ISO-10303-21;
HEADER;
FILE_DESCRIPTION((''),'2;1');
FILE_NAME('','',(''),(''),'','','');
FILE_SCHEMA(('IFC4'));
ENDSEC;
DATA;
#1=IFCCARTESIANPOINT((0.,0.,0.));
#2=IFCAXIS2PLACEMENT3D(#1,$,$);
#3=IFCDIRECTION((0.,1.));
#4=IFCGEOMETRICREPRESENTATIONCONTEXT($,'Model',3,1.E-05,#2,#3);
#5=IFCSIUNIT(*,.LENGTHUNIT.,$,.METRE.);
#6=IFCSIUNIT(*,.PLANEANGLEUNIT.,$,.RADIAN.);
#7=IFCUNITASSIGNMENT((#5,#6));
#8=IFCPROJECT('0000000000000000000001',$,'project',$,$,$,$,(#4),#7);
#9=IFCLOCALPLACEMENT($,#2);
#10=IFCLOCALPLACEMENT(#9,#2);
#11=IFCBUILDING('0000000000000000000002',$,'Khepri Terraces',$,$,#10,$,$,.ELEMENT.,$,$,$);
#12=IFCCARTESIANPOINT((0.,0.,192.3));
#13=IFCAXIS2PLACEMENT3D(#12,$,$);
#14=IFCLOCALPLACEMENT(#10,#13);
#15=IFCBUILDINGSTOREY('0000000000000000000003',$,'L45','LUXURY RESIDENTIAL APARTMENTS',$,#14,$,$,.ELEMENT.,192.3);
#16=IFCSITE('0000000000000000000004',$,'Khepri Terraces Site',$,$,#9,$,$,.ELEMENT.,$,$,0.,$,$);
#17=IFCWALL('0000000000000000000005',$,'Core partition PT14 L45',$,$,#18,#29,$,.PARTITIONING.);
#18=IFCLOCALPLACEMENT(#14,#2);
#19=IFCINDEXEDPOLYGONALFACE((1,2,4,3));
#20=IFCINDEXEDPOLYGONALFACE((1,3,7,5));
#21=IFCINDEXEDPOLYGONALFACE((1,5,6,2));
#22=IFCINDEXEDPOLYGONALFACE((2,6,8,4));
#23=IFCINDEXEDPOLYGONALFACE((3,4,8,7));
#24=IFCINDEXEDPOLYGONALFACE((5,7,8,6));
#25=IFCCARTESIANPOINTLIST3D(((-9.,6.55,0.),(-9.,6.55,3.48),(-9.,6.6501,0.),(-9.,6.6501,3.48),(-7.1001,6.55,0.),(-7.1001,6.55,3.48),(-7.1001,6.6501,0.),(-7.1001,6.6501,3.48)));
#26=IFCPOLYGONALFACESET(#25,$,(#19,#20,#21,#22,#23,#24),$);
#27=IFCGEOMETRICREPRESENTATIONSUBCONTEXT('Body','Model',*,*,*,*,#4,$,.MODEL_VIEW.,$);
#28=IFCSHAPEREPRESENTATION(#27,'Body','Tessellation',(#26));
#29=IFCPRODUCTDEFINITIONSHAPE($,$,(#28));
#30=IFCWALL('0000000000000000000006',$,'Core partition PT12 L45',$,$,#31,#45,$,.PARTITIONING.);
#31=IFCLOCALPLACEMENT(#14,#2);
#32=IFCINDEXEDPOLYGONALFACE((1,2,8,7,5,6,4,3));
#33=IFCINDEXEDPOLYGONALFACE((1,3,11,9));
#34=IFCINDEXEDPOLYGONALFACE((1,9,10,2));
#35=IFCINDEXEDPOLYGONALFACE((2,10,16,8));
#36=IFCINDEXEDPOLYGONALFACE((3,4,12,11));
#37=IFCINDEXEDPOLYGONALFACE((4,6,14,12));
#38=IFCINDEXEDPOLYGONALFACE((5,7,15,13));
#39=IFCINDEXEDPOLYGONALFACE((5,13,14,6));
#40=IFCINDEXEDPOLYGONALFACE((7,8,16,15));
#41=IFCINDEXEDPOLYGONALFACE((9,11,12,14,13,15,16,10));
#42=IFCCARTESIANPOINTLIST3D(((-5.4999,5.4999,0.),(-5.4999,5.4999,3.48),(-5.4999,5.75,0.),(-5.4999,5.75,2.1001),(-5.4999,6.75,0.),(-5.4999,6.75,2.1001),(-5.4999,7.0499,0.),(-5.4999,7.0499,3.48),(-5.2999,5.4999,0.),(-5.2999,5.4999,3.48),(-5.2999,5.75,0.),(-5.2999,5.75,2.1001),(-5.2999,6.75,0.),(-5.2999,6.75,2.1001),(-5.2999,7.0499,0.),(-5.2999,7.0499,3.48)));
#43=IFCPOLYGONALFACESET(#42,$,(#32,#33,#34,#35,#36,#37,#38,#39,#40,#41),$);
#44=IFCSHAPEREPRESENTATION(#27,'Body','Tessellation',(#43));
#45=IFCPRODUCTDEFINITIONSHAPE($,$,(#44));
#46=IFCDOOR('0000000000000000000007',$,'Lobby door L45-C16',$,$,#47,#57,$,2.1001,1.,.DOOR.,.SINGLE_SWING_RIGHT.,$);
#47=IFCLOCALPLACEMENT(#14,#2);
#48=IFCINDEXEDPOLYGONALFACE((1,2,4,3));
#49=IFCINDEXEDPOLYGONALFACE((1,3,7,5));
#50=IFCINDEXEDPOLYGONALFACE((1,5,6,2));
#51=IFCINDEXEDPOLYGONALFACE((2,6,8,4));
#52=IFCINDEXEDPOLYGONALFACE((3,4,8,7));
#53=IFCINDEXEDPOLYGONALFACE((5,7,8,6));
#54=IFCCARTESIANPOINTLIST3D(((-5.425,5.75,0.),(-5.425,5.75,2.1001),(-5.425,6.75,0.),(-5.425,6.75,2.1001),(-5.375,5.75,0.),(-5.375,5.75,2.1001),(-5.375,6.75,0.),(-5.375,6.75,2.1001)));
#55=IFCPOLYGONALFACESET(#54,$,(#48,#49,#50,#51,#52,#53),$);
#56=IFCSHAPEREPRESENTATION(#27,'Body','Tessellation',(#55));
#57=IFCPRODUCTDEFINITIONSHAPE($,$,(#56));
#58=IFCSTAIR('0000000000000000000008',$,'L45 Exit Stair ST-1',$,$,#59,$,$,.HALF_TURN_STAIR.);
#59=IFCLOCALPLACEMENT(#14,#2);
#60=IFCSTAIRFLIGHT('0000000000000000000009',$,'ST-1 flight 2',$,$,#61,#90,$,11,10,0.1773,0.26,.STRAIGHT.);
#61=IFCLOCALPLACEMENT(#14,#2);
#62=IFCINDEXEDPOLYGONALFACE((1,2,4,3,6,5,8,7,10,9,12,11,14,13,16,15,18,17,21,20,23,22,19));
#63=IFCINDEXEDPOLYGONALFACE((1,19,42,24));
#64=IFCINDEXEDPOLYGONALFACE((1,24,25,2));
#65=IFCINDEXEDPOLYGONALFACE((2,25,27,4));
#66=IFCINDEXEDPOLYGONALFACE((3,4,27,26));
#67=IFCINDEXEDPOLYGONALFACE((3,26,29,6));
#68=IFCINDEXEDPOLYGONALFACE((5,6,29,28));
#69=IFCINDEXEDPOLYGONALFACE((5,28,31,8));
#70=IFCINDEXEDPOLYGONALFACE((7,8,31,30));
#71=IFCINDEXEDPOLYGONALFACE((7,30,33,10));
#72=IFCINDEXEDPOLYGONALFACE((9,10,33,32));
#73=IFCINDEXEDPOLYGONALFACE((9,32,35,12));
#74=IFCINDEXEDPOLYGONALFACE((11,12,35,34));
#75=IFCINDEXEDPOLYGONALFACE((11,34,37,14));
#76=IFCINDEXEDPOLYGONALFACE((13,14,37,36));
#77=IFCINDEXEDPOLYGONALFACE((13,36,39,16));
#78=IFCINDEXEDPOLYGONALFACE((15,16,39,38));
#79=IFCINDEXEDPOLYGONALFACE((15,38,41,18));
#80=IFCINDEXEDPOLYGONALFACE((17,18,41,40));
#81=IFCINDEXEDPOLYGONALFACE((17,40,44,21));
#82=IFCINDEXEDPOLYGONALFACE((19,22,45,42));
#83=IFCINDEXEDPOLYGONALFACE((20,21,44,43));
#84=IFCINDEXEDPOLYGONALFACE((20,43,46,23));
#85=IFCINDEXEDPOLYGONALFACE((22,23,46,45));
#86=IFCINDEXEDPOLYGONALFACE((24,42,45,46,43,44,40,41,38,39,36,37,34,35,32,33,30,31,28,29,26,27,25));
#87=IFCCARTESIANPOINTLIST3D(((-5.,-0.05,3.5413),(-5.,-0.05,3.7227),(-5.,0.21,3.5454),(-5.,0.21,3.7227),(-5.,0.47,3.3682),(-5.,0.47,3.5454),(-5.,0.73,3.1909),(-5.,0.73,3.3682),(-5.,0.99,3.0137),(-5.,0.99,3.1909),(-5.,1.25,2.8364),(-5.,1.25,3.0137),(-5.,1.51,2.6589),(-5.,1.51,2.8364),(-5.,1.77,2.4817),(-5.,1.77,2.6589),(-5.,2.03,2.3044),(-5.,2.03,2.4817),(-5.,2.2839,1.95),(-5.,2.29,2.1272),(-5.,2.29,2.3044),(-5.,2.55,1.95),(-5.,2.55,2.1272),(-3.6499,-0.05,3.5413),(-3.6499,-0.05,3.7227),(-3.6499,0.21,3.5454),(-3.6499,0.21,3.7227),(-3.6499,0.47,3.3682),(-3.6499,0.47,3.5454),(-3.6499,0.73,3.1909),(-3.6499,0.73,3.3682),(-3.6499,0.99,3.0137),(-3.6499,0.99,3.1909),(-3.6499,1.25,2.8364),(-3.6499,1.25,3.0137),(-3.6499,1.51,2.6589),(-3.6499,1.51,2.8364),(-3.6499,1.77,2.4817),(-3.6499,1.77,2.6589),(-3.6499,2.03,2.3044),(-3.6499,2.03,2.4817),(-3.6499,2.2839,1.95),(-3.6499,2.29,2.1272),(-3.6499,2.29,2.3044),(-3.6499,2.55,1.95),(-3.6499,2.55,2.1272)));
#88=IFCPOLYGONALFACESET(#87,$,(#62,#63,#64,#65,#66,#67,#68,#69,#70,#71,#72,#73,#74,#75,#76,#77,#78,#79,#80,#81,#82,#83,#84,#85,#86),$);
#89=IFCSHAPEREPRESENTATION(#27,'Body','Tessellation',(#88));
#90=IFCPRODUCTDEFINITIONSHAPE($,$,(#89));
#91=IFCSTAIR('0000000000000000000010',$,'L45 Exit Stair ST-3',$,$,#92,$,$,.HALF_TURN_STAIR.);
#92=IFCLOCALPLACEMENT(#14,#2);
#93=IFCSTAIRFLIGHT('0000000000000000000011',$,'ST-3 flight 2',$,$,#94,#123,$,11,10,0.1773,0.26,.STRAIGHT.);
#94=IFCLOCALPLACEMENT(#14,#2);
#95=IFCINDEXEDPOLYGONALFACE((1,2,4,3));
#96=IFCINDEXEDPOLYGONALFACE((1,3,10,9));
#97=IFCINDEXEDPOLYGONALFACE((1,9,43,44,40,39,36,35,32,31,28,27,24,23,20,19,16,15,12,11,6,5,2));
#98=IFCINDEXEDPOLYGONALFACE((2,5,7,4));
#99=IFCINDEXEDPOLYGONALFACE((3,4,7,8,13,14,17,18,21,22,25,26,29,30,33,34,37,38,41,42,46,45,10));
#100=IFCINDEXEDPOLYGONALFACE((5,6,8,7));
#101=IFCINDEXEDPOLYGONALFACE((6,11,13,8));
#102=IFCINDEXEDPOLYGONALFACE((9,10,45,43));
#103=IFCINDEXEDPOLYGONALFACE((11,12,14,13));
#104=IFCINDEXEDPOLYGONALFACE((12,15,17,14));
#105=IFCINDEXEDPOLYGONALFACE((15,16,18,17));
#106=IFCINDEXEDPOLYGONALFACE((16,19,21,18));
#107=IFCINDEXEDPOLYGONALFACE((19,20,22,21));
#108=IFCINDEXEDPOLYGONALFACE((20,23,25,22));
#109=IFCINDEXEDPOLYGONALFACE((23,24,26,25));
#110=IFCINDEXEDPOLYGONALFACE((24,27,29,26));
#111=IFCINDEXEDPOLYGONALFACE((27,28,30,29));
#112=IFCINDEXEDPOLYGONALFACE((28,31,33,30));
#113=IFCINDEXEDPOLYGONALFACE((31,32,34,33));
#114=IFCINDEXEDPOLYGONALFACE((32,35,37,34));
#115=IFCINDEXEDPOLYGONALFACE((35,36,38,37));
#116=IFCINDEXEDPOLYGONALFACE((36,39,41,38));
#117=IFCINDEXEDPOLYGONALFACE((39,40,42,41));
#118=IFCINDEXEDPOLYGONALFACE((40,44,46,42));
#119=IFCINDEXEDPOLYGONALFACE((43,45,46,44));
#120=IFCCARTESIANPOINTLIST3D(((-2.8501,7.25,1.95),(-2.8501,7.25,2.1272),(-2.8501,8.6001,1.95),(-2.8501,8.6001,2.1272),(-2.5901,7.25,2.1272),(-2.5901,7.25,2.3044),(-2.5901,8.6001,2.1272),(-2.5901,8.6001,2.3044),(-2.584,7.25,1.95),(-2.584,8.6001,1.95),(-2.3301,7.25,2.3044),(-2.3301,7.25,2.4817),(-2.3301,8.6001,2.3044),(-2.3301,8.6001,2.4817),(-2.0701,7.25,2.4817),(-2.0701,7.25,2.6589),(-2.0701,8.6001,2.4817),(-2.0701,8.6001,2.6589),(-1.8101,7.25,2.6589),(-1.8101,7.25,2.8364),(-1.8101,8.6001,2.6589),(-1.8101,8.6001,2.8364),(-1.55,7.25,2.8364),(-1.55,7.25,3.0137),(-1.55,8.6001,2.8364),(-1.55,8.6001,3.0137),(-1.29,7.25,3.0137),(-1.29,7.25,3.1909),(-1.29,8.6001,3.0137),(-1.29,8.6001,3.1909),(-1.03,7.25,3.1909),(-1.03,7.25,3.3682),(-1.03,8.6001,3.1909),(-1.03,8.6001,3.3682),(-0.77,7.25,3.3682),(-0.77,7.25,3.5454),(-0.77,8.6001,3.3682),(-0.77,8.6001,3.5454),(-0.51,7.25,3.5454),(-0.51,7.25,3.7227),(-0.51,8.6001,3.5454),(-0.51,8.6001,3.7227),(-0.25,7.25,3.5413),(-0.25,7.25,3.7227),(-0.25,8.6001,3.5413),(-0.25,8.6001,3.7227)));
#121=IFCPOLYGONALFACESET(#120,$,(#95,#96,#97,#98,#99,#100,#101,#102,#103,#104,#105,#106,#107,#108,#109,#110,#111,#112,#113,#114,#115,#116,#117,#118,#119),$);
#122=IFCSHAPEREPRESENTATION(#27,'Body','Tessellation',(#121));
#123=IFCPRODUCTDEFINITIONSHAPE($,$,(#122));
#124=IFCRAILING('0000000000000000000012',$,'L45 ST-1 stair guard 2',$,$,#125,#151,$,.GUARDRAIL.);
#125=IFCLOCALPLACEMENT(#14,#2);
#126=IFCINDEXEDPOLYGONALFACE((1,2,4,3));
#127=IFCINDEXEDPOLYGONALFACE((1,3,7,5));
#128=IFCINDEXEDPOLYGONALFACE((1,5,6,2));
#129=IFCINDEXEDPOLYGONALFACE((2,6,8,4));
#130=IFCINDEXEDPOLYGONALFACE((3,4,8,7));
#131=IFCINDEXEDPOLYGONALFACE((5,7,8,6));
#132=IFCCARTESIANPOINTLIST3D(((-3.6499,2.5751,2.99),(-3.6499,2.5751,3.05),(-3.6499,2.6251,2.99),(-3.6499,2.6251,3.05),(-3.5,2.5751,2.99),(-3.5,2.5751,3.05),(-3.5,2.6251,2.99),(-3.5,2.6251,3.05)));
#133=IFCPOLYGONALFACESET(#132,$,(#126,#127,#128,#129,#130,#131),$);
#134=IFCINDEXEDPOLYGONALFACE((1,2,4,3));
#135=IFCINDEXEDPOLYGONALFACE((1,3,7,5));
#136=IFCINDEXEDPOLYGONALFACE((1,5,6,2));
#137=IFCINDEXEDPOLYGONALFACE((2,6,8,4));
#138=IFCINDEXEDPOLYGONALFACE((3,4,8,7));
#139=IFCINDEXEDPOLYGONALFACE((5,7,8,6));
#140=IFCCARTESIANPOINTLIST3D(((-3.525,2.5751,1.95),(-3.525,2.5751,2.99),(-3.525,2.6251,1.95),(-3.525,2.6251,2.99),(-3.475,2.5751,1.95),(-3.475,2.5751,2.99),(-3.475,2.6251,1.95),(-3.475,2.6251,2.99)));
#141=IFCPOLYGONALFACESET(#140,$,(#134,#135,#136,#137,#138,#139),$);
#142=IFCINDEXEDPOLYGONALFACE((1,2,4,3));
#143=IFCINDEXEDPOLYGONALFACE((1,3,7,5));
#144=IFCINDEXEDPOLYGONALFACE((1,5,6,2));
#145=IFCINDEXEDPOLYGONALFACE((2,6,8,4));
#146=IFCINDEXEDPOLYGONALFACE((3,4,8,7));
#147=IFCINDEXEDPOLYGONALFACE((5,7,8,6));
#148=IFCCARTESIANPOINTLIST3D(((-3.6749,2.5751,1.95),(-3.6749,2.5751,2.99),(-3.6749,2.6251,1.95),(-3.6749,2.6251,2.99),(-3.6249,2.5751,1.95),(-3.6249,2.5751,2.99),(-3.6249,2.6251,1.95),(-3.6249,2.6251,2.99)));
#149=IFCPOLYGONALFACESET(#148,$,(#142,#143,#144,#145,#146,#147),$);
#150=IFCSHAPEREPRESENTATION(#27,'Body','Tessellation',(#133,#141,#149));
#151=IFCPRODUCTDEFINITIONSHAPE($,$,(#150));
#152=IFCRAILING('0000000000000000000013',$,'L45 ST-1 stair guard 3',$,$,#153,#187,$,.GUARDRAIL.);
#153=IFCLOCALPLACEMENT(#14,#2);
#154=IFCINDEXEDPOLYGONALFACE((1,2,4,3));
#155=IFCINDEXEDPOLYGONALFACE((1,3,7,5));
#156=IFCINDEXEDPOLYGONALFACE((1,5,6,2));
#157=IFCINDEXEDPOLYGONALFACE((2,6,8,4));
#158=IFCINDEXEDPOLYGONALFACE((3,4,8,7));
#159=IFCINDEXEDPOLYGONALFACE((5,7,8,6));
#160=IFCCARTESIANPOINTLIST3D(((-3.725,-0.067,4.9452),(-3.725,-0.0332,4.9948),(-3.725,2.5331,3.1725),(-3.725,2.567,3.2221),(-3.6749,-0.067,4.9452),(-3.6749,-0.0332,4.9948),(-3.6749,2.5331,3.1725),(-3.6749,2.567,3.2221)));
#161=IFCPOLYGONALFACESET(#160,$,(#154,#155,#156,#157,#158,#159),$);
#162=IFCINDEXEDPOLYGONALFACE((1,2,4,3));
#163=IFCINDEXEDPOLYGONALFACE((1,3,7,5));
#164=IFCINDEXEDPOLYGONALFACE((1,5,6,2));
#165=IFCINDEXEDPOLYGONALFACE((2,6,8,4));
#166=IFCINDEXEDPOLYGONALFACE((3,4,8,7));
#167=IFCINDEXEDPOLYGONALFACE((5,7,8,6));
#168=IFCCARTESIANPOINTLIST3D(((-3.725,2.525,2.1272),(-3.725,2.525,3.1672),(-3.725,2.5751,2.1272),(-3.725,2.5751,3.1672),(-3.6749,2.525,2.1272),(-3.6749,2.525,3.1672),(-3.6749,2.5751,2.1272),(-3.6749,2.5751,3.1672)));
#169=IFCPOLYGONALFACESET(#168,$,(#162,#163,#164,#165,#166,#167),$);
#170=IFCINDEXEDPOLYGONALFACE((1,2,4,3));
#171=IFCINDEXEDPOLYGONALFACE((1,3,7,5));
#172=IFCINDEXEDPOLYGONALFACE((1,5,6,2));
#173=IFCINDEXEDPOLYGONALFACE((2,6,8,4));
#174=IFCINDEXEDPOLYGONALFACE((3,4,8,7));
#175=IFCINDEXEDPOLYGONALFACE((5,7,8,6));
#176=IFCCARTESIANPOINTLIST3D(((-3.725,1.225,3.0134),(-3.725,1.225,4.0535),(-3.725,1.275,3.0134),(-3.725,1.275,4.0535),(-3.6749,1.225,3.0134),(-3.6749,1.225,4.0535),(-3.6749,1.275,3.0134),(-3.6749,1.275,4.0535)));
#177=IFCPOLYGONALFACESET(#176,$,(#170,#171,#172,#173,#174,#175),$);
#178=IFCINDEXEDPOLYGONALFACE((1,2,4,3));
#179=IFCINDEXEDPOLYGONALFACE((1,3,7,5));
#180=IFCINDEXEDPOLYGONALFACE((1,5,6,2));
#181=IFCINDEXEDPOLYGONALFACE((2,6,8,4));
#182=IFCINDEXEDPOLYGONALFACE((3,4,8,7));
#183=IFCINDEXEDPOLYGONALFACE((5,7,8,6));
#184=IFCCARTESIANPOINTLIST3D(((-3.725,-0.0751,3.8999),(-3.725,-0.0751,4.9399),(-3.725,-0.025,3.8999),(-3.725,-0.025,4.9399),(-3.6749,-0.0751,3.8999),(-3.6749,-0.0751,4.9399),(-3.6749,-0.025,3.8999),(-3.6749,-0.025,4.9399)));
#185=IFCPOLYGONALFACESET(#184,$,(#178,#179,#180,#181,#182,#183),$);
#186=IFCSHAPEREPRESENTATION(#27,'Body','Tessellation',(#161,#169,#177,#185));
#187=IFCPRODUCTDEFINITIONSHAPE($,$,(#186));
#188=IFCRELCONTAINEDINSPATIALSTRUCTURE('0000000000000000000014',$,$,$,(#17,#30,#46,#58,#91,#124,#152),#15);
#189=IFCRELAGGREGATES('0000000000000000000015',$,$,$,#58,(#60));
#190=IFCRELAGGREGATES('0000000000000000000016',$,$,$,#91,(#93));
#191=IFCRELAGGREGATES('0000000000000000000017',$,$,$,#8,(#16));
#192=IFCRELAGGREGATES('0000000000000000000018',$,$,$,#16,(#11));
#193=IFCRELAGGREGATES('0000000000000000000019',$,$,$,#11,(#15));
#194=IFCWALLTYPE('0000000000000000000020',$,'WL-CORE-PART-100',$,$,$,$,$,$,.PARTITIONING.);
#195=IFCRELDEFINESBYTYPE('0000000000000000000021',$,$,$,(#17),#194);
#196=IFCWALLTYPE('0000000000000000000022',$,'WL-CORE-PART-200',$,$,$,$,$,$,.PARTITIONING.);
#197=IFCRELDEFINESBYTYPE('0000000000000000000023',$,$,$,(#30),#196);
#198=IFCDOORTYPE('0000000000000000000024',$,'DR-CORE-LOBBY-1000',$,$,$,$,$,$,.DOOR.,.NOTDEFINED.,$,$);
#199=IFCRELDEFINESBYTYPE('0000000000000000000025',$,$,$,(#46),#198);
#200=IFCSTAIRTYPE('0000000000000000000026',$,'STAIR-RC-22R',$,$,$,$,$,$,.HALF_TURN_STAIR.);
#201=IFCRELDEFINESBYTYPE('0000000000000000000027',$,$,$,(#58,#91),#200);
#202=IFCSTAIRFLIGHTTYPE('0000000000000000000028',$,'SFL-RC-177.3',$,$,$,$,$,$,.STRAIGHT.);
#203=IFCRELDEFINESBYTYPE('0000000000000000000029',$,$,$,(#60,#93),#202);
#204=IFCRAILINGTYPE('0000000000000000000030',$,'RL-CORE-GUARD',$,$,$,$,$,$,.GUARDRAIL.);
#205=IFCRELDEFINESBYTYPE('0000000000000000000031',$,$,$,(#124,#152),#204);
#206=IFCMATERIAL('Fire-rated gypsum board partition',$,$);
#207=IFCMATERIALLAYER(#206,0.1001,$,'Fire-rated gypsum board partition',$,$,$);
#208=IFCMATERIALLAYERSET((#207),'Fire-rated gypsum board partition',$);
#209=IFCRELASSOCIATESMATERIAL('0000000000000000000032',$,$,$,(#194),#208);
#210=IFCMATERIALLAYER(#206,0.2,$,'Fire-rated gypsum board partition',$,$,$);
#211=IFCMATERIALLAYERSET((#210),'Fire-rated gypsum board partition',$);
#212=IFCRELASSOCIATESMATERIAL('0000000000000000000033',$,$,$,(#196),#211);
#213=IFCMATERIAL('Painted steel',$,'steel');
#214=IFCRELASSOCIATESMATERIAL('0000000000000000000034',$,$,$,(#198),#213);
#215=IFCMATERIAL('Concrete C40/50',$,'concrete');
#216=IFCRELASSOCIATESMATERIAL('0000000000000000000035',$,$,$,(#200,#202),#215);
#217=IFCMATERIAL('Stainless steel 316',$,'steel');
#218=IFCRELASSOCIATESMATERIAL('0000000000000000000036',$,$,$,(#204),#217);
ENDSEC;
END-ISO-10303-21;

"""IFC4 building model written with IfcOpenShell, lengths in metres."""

from ifc_helpers import new_model, si_unit, direction, frame, frame_2d, origin, origin_2d, place, context, subcontext, project, spatial, polyline, rectangle, outline, extrude, material, layer, layer_set, type_object, element, fill, aggregate, save


model = new_model("IFC4")

# Units and contexts
model_context = context("Model", 3, precision=1e-05, world=origin(), true_north=direction((0.0, 1.0)))
body_context = subcontext(model_context, "Body", "Model", "MODEL_VIEW")
ifc_project = project(units=[si_unit("LENGTHUNIT", "METRE"), si_unit("PLANEANGLEUNIT", "RADIAN")], contexts=[model_context])

# Site, building, storey
site_placement = place(None, origin())
site = spatial("IfcSite", under=ifc_project, at=site_placement, Name="Khepri Terraces Site", CompositionType="ELEMENT", RefElevation=0.0)
building_placement = place(site_placement, origin())
building = spatial("IfcBuilding", under=site, at=building_placement, Name="Khepri Terraces", CompositionType="ELEMENT")
storey_placement = place(building_placement, frame((0.0, 0.0, 192.3)))
storey = spatial("IfcBuildingStorey", under=building, at=storey_placement, Name="L45", Description="LUXURY RESIDENTIAL APARTMENTS", CompositionType="ELEMENT", Elevation=192.3)

# Shared definitions
ifc_material_1 = material(Name="Concrete C40/50", Category="concrete")

# Shared definitions
ifc_material_2 = material(Name="Painted steel", Category="steel")

# Wall
ifc_material_3 = material(Name="Fire-rated gypsum board partition")
ifc_layer_1 = layer(ifc_material_3, 0.1001, Name="Fire-rated gypsum board partition")
ifc_layer_set_1 = layer_set([ifc_layer_1], Name="Fire-rated gypsum board partition")
wall_type_1 = type_object("IfcWallType", Name="WL-CORE-PART-100", PredefinedType="PARTITIONING", material=ifc_layer_set_1)
for number, where, z_axis, x_axis, name in (
    (1, (-9.0, 6.6001, 0.0), (0.0, 0.0, 1.0), (1.0, 0.0, 0.0), "Core partition PT14 L45"),
):
    element("IfcWall", number, at=place(storey_placement, frame(where, z_axis=z_axis, x_axis=x_axis)), inside=storey, type_object=wall_type_1, Name=name, PredefinedType="PARTITIONING", context=body_context, shape_type="SweptSolid", body=[
        extrude(rectangle(XDim=1.8999, YDim=0.1001, at=frame_2d((0.95, 0.0))), origin(), (0.0, 0.0, 1.0), 3.48),
    ])

# Wall, opening, door
ifc_layer_2 = layer(ifc_material_3, 0.2, Name="Fire-rated gypsum board partition")
ifc_layer_set_2 = layer_set([ifc_layer_2], Name="Fire-rated gypsum board partition")
wall_type_2 = type_object("IfcWallType", Name="WL-CORE-PART-200", PredefinedType="PARTITIONING", material=ifc_layer_set_2)
wall_1_placement = place(storey_placement, frame((-5.3999, 5.5, 0.0), z_axis=(0.0, 0.0, 1.0), x_axis=(0.0, 1.0, 0.0)))
wall_1 = element("IfcWall", 2, at=wall_1_placement, inside=storey, type_object=wall_type_2, Name="Core partition PT12 L45", PredefinedType="PARTITIONING", context=body_context, shape_type="SweptSolid", body=[
    extrude(rectangle(XDim=1.55, YDim=0.2, at=frame_2d((0.7749, 0.0))), origin(), (0.0, 0.0, 1.0), 3.48),
])
opening_1_placement = place(wall_1_placement, frame((0.25, 0.0, 0.0)))
opening_1 = element("IfcOpeningElement", 3, at=opening_1_placement, cuts=wall_1, PredefinedType="OPENING", context=body_context, shape_type="SweptSolid", body=[
    extrude(rectangle(XDim=1.0, YDim=2.1001, at=frame_2d((0.5, 1.05))), frame((0.0, 0.1099, 0.0), z_axis=(0.0, -1.0, 0.0), x_axis=(1.0, 0.0, 0.0)), (0.0, 0.0, 1.0), 0.22),
])
door_type_1 = type_object("IfcDoorType", Name="DR-CORE-LOBBY-1000", OperationType="NOTDEFINED", PredefinedType="DOOR", material=ifc_material_2)
door_1_placement = place(opening_1_placement, frame((1.0, 0.0, 0.0), z_axis=(0.0, 0.0, 1.0), x_axis=(-1.0, 0.0, 0.0)))
door_1 = element("IfcDoor", 4, at=door_1_placement, inside=storey, type_object=door_type_1, Name="Lobby door L45-C16", OperationType="SINGLE_SWING_RIGHT", OverallHeight=2.1001, OverallWidth=1.0, PredefinedType="DOOR", context=body_context, shape_type="SweptSolid", body=[
    extrude(rectangle(XDim=1.0, YDim=2.1001, at=frame_2d((0.5, 1.05))), frame((0.0, 0.0249, 0.0), z_axis=(0.0, -1.0, 0.0), x_axis=(1.0, 0.0, 0.0)), (0.0, 0.0, 1.0), 0.05),
])
fill(opening_1, door_1)

# Stairs, stair flights
stair_type = type_object("IfcStairType", Name="STAIR-RC-22R", PredefinedType="HALF_TURN_STAIR", material=ifc_material_1)
stair_1_placement = place(storey_placement, origin())
stair_1 = element("IfcStair", 5, at=stair_1_placement, inside=storey, type_object=stair_type, Name="L45 Exit Stair ST-1", PredefinedType="HALF_TURN_STAIR")
stair_flight_type = type_object("IfcStairFlightType", Name="SFL-RC-177.3", PredefinedType="STRAIGHT", material=ifc_material_1)
stair_flight_1_placement = place(storey_placement, frame((-4.325, 2.55, 1.95), z_axis=(0.0, 0.0, 1.0), x_axis=(0.0, -1.0, 0.0)))
stair_flight_1 = element("IfcStairFlight", 6, at=stair_flight_1_placement, type_object=stair_flight_type, Name="ST-1 flight 2", NumberOfRisers=11, NumberOfTreads=10, PredefinedType="STRAIGHT", RiserHeight=0.1773, TreadLength=0.26, context=body_context, shape_type="SweptSolid", body=[
    extrude(outline(polyline([(0.0, 0.0), (0.0, 0.1772), (0.26, 0.1772), (0.26, 0.3545), (0.52, 0.3545), (0.52, 0.5317), (0.78, 0.5317), (0.78, 0.709), (1.04, 0.709), (1.04, 0.8865), (1.3, 0.8865), (1.3, 1.0637), (1.5601, 1.0637), (1.5601, 1.241), (1.8201, 1.241), (1.8201, 1.4182), (2.0801, 1.4182), (2.0801, 1.5955), (2.3401, 1.5955), (2.3401, 1.7727), (2.6001, 1.7727), (2.6001, 1.95), (2.6001, 1.5913), (0.2661, 0.0), (0.0, 0.0)])), frame((0.0, 0.675, 0.0), z_axis=(0.0, -1.0, 0.0), x_axis=(1.0, 0.0, 0.0)), (0.0, 0.0, 1.0), 1.3501),
])
aggregate(stair_1, [stair_flight_1])
stair_2_placement = place(storey_placement, origin())
stair_2 = element("IfcStair", 7, at=stair_2_placement, inside=storey, type_object=stair_type, Name="L45 Exit Stair ST-3", PredefinedType="HALF_TURN_STAIR")
stair_flight_2_placement = place(storey_placement, frame((-2.8501, 7.925, 1.95), z_axis=(0.0, 0.0, 1.0), x_axis=(1.0, 0.0, 0.0)))
stair_flight_2 = element("IfcStairFlight", 8, at=stair_flight_2_placement, type_object=stair_flight_type, Name="ST-3 flight 2", NumberOfRisers=11, NumberOfTreads=10, PredefinedType="STRAIGHT", RiserHeight=0.1773, TreadLength=0.26, context=body_context, shape_type="SweptSolid", body=[
    extrude(outline(polyline([(0.0, 0.0), (0.0, 0.1772), (0.26, 0.1772), (0.26, 0.3545), (0.52, 0.3545), (0.52, 0.5317), (0.78, 0.5317), (0.78, 0.709), (1.04, 0.709), (1.04, 0.8865), (1.3, 0.8865), (1.3, 1.0637), (1.5601, 1.0637), (1.5601, 1.241), (1.8201, 1.241), (1.8201, 1.4182), (2.0801, 1.4182), (2.0801, 1.5955), (2.3401, 1.5955), (2.3401, 1.7727), (2.6001, 1.7727), (2.6001, 1.95), (2.6001, 1.5913), (0.2661, 0.0), (0.0, 0.0)])), frame((0.0, 0.675, 0.0), z_axis=(0.0, -1.0, 0.0), x_axis=(1.0, 0.0, 0.0)), (0.0, 0.0, 1.0), 1.3501),
])
aggregate(stair_2, [stair_flight_2])

# Railings
ifc_material_4 = material(Name="Stainless steel 316", Category="steel")
railing_type_1 = type_object("IfcRailingType", Name="RL-CORE-GUARD", PredefinedType="GUARDRAIL", material=ifc_material_4)
railing_1_placement = place(storey_placement, frame((-3.5, 2.6001, 1.95)))
element("IfcRailing", 9, at=railing_1_placement, inside=storey, type_object=railing_type_1, Name="L45 ST-1 stair guard 2", PredefinedType="GUARDRAIL", context=body_context, shape_type="SweptSolid", body=[
    extrude(rectangle(XDim=0.05, YDim=0.0601, at=origin_2d()), frame((0.0, 0.0, 1.0701), z_axis=(-1.0, 0.0, 0.0), x_axis=(0.0, -1.0, 0.0)), (0.0, 0.0, 1.0), 0.1499),
    extrude(rectangle(XDim=0.05, YDim=0.05, at=origin_2d()), origin(), (0.0, 0.0, 1.0), 1.04),
    extrude(rectangle(XDim=0.05, YDim=0.05, at=origin_2d()), frame((-0.1499, 0.0, 0.0)), (0.0, 0.0, 1.0), 1.04),
])
railing_2_placement = place(storey_placement, frame((-3.7, 2.55, 2.1272)))
element("IfcRailing", 10, at=railing_2_placement, inside=storey, type_object=railing_type_1, Name="L45 ST-1 stair guard 3", PredefinedType="GUARDRAIL", context=body_context, shape_type="SweptSolid", body=[
    extrude(rectangle(XDim=0.05, YDim=0.0601, at=origin_2d()), frame((0.0, 0.0, 1.0701), z_axis=(0.0, -0.82624, 0.563318), x_axis=(1.0, 0.0, 0.0)), (0.0, 0.0, 1.0), 3.147),
    extrude(rectangle(XDim=0.05, YDim=0.05, at=origin_2d()), origin(), (0.0, 0.0, 1.0), 1.04),
    extrude(rectangle(XDim=0.05, YDim=0.05, at=origin_2d()), frame((0.0, -1.3, 0.8862)), (0.0, 0.0, 1.0), 1.04),
    extrude(rectangle(XDim=0.05, YDim=0.05, at=origin_2d()), frame((0.0, -2.6001, 1.7727)), (0.0, 0.0, 1.0), 1.04),
])

save(model, "model.ifc")
